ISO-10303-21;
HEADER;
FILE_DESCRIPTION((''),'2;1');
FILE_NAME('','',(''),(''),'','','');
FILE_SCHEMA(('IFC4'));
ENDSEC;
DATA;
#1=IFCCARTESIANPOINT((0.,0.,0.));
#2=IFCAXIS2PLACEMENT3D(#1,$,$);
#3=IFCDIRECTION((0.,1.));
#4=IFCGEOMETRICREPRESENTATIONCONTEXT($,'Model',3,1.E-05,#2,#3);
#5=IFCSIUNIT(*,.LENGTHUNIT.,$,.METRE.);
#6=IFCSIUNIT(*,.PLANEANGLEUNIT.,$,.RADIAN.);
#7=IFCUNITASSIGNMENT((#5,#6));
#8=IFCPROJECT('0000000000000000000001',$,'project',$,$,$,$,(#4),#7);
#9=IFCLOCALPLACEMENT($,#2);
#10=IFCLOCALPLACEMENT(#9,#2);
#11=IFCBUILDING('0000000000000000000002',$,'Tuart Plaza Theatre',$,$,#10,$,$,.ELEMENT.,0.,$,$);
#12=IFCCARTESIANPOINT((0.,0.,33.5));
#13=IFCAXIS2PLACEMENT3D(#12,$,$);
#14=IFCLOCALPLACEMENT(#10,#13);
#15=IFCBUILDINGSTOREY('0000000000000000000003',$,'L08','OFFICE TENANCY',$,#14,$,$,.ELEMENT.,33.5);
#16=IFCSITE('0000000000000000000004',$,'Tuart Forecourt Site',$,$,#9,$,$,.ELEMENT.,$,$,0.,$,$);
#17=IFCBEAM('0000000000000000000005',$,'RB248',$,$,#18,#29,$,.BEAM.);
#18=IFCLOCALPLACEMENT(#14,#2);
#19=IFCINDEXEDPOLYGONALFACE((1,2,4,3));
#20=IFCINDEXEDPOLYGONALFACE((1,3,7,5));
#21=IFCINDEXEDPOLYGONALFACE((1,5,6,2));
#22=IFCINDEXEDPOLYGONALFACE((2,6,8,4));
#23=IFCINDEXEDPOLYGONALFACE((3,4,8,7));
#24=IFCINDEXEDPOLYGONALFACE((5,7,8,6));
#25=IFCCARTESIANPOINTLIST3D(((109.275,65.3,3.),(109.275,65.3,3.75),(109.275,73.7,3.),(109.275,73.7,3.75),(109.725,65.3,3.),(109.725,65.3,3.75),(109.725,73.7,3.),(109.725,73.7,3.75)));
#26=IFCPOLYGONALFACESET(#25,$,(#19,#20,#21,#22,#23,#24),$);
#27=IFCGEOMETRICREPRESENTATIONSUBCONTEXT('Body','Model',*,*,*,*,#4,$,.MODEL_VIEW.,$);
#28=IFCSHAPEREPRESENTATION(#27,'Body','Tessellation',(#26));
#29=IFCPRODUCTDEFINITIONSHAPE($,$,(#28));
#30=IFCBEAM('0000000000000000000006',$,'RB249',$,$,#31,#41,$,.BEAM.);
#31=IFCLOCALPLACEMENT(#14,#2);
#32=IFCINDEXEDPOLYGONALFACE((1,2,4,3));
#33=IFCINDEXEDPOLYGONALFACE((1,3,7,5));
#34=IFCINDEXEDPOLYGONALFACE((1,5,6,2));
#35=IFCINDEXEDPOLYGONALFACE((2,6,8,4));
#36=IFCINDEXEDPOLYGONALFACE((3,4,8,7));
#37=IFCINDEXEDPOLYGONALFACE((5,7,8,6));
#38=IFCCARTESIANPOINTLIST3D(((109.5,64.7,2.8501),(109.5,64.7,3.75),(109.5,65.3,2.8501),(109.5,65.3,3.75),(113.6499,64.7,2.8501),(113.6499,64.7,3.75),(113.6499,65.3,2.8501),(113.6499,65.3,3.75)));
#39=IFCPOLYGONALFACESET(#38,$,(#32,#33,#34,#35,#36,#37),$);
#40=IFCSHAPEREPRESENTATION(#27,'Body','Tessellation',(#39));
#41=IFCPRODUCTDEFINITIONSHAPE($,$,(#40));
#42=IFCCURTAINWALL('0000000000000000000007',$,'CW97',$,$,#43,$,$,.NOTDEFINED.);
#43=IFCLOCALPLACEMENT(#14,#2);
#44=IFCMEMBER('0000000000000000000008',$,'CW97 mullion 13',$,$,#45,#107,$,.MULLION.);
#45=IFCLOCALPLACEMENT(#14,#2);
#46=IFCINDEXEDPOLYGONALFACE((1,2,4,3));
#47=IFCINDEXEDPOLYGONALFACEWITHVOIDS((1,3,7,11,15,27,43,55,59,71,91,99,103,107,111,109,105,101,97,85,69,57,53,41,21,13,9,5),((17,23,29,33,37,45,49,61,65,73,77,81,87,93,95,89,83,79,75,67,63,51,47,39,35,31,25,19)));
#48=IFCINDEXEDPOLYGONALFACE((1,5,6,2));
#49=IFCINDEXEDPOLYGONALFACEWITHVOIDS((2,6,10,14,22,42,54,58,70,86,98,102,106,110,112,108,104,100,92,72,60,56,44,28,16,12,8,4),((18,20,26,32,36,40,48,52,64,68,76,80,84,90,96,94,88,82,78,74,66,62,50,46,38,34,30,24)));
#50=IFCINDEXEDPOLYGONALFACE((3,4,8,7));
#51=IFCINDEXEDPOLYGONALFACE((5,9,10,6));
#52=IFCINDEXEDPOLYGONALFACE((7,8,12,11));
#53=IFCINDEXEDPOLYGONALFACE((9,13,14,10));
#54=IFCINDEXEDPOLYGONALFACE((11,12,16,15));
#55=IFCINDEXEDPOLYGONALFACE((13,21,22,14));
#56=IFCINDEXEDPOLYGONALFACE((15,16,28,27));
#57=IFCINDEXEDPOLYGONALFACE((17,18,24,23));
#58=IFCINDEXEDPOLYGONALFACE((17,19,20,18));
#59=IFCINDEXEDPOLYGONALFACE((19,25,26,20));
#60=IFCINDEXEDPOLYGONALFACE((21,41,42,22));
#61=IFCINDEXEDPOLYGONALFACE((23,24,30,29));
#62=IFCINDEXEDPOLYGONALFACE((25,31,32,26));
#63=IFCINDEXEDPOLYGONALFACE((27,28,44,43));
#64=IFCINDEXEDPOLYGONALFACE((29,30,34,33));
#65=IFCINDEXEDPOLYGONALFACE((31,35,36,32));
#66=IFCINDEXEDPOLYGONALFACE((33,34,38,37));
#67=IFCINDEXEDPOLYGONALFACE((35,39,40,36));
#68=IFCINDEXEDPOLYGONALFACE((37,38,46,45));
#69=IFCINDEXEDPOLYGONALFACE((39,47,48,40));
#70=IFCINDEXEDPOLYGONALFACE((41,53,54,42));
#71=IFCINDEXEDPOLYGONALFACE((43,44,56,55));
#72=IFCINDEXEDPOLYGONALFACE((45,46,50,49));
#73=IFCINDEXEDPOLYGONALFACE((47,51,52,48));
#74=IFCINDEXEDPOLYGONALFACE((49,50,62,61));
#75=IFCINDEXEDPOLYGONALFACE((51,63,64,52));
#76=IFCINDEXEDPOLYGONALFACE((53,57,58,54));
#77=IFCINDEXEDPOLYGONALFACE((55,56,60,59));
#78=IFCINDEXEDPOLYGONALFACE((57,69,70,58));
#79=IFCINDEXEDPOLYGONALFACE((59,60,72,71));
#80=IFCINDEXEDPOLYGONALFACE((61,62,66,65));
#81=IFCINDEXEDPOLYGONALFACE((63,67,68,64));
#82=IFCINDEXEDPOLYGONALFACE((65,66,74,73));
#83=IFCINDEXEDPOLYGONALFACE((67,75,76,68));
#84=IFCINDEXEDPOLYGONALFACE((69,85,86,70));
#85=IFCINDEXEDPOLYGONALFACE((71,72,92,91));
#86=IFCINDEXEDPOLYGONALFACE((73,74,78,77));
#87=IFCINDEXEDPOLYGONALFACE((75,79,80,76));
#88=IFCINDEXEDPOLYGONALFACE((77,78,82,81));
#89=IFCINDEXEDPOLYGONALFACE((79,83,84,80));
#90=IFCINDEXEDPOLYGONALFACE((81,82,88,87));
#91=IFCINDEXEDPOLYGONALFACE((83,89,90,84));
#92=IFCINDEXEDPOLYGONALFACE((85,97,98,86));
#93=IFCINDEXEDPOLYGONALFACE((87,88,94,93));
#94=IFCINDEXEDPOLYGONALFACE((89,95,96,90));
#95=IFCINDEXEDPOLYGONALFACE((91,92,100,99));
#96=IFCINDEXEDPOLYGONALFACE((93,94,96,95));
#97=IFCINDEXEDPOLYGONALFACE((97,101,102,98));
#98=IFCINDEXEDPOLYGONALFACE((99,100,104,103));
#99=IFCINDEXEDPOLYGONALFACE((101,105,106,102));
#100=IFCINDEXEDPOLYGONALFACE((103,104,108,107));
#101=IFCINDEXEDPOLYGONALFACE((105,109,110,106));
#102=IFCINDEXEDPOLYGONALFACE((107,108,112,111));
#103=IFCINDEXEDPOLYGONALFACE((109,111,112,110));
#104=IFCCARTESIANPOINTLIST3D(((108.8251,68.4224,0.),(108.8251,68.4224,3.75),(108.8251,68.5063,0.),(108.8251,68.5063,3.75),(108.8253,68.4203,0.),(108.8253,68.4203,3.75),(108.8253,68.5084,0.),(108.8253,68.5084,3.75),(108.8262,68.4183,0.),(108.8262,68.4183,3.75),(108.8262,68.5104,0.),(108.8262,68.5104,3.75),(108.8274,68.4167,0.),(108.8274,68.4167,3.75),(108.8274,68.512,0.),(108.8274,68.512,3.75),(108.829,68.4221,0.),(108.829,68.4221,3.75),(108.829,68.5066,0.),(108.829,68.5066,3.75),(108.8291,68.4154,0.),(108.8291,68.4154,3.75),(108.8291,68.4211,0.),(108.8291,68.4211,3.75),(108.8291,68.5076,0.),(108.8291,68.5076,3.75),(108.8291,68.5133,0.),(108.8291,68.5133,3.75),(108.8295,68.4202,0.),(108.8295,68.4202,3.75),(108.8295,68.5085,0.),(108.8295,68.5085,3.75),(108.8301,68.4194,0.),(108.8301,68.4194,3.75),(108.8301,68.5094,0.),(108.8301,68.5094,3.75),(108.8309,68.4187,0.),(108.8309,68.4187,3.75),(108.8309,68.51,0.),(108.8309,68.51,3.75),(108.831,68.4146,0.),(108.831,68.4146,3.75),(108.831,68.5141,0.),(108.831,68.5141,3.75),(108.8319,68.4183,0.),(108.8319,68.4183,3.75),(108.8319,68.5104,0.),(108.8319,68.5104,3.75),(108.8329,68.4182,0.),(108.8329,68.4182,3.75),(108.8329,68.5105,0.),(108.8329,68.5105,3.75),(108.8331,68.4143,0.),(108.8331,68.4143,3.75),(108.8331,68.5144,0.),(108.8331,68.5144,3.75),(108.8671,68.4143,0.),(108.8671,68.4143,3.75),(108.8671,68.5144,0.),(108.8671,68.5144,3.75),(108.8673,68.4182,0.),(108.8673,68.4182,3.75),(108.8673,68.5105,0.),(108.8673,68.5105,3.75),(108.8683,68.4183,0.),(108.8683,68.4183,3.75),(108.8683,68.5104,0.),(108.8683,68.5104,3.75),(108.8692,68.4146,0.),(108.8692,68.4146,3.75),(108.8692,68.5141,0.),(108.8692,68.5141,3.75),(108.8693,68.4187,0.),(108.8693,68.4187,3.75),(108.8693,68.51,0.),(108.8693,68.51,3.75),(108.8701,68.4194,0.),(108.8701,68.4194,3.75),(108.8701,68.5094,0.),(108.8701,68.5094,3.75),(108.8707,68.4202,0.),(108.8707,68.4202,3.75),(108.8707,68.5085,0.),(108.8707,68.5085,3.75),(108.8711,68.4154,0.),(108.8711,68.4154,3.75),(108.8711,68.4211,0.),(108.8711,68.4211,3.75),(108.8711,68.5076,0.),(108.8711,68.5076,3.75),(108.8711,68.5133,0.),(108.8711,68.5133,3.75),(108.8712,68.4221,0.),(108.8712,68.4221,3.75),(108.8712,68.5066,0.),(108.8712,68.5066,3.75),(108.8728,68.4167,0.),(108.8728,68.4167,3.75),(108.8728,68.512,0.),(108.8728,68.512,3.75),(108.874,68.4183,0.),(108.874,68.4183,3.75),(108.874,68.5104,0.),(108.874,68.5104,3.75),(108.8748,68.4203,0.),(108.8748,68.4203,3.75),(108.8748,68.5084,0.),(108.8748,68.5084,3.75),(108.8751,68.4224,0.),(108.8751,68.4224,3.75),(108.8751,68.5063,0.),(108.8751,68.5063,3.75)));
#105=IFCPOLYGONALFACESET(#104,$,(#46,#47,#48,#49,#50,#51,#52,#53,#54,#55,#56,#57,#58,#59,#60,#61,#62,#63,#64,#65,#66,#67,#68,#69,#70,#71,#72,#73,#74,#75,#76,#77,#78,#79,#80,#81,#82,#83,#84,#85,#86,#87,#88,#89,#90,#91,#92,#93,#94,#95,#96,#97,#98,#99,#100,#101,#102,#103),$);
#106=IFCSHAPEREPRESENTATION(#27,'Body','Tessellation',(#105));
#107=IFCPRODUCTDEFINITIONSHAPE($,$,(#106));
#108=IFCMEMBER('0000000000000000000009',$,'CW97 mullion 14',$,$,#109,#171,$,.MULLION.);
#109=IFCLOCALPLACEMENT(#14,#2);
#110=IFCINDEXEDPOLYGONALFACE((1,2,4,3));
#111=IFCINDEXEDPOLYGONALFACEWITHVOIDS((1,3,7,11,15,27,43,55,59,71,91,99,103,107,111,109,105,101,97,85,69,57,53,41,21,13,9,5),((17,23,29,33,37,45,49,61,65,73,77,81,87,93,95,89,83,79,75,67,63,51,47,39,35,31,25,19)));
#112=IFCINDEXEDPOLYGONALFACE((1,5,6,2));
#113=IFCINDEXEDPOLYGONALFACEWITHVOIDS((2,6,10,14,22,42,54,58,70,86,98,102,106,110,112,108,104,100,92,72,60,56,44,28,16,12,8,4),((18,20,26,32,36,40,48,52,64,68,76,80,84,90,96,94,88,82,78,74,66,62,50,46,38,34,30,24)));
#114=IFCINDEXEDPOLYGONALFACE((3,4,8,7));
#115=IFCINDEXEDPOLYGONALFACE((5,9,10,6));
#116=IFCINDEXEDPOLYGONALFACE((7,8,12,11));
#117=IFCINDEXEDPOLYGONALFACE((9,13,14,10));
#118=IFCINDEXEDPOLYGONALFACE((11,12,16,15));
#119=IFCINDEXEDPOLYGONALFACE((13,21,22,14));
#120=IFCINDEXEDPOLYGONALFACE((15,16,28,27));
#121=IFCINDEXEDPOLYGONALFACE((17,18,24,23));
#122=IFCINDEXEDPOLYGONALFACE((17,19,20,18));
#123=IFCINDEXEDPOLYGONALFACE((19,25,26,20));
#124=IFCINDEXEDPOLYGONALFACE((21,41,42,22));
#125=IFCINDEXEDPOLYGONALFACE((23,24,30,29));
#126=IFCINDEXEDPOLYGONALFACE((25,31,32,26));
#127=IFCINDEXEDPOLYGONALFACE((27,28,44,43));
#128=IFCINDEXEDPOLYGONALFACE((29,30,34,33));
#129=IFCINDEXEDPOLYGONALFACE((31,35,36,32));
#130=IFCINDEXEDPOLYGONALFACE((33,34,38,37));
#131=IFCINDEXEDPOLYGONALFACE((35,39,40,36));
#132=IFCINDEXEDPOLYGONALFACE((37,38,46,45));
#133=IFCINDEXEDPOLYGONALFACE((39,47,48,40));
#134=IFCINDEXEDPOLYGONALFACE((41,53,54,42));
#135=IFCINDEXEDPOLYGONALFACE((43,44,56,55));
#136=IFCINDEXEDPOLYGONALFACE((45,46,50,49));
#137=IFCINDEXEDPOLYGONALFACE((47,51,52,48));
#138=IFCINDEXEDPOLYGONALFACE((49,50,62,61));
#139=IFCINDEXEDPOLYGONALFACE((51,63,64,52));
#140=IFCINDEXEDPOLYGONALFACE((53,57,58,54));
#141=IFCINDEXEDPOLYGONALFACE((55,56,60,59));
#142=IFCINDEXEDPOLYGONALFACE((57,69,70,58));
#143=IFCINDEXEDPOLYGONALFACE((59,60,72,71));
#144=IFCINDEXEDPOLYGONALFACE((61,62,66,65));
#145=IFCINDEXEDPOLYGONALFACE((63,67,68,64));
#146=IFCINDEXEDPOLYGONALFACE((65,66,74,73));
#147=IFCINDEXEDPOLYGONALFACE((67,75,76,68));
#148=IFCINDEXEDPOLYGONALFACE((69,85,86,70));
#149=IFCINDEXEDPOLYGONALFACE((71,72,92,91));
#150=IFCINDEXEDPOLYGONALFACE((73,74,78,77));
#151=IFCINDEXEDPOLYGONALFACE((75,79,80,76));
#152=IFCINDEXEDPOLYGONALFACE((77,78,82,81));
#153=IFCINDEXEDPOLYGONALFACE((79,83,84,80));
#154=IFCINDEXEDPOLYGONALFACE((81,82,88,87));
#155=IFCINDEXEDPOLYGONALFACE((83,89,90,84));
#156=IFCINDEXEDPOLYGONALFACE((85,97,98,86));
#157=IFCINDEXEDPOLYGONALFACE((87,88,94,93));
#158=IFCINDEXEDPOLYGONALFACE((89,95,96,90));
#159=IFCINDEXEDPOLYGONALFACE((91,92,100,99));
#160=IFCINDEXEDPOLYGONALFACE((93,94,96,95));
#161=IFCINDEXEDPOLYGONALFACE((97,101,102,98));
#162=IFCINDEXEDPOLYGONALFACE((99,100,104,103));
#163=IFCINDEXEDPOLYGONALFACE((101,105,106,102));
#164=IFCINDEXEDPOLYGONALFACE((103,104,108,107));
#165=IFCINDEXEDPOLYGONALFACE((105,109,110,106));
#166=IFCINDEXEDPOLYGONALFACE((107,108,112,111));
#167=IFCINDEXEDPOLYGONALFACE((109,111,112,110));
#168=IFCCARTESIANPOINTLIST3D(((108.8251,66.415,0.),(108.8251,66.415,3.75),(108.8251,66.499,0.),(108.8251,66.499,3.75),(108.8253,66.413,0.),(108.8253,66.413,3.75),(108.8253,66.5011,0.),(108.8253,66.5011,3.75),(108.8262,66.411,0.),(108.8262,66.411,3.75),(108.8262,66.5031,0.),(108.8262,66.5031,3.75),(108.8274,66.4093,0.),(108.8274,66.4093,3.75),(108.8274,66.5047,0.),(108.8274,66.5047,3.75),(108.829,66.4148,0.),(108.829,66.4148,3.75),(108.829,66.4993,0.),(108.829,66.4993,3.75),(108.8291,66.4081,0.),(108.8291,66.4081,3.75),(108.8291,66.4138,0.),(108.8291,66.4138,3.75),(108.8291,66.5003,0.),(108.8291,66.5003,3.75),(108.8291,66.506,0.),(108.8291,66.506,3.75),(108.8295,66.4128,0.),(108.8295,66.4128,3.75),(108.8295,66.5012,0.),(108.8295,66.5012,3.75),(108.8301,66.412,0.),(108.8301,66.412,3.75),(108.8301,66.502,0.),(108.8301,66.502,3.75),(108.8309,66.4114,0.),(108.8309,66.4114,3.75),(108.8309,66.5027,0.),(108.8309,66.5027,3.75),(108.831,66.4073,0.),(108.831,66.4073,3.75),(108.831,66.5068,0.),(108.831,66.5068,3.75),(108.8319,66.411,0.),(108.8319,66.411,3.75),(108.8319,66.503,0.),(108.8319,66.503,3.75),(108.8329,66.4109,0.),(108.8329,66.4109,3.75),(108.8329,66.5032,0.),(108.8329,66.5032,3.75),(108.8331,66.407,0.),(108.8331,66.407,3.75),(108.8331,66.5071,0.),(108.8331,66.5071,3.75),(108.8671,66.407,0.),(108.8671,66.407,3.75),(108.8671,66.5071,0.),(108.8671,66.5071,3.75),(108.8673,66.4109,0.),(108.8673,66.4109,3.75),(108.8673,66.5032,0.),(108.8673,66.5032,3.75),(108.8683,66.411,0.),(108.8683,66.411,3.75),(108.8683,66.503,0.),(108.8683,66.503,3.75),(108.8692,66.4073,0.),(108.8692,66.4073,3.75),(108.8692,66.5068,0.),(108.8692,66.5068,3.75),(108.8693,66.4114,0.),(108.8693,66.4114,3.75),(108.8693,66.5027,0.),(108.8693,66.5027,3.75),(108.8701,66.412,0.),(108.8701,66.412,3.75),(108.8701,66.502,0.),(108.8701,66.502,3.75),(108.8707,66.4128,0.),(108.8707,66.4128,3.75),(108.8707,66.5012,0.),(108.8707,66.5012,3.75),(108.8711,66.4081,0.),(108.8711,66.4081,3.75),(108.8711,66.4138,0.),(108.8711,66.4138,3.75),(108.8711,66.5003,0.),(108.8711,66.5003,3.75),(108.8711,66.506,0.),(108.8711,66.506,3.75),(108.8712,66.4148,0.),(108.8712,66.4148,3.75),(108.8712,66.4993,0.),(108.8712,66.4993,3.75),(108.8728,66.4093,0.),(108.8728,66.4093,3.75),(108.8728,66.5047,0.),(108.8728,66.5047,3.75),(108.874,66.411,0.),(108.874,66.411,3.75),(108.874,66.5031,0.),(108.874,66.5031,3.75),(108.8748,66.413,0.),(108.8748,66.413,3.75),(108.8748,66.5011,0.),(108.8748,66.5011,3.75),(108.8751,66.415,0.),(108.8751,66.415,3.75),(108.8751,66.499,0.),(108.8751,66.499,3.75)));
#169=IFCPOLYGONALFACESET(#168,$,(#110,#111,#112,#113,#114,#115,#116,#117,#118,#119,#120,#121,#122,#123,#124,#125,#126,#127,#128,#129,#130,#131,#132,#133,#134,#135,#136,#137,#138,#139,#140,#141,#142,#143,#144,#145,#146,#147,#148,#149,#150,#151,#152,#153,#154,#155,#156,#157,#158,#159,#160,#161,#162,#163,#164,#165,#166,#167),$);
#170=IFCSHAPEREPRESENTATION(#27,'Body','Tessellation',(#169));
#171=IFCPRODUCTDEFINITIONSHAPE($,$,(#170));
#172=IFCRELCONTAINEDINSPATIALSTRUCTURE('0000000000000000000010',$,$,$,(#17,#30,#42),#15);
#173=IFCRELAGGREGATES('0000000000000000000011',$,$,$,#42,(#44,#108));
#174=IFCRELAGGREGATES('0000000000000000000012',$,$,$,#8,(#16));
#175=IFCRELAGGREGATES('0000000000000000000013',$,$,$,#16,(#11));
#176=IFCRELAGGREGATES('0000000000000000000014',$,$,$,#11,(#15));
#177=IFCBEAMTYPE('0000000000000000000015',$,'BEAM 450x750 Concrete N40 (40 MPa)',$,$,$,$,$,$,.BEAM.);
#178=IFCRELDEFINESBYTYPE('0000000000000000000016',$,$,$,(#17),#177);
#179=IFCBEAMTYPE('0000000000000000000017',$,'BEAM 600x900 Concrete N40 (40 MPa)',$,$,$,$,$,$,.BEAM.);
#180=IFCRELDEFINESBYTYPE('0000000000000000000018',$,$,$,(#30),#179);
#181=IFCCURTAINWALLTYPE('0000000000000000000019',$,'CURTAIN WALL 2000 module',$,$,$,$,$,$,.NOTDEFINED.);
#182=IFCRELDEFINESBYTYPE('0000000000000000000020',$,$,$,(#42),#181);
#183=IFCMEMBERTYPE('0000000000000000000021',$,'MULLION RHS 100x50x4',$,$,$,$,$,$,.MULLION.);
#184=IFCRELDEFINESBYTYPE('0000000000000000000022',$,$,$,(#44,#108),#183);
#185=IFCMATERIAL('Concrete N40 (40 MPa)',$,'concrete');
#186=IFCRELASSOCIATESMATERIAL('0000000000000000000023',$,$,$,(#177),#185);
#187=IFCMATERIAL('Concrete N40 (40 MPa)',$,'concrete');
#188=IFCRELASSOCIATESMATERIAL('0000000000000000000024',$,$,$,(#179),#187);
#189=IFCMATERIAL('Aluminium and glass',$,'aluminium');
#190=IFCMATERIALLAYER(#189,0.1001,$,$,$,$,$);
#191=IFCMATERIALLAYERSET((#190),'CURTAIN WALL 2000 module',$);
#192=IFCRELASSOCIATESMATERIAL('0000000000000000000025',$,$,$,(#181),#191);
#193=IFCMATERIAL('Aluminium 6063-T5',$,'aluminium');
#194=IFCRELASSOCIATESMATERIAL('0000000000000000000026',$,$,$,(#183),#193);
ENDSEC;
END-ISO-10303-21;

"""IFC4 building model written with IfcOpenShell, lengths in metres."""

from ifc_helpers import new_model, si_unit, direction, frame, origin, origin_2d, place, context, subcontext, project, spatial, rectangle, hollow_rectangle, extrude, material, layer, layer_set, material_profile, profile_set, type_object, element, aggregate, save


model = new_model("IFC4")

# Units and contexts
model_context = context("Model", 3, precision=1e-05, world=origin(), true_north=direction((0.0, 1.0)))
body_context = subcontext(model_context, "Body", "Model", "MODEL_VIEW")
ifc_project = project(units=[si_unit("LENGTHUNIT", "METRE"), si_unit("PLANEANGLEUNIT", "RADIAN")], contexts=[model_context])

# Site, building, storey
site_placement = place(None, origin())
site = spatial("IfcSite", under=ifc_project, at=site_placement, Name="Tuart Forecourt Site", CompositionType="ELEMENT", RefElevation=0.0)
building_placement = place(site_placement, origin())
building = spatial("IfcBuilding", under=site, at=building_placement, Name="Tuart Plaza Theatre", CompositionType="ELEMENT", ElevationOfRefHeight=0.0)
storey_placement = place(building_placement, frame((0.0, 0.0, 33.5)))
storey = spatial("IfcBuildingStorey", under=building, at=storey_placement, Name="L08", Description="OFFICE TENANCY", CompositionType="ELEMENT", Elevation=33.5)

# Beams
ifc_material_1 = material(Name="Concrete N40 (40 MPa)", Category="concrete")
ifc_material_profile_1 = material_profile(ifc_material_1, rectangle(XDim=0.45, YDim=0.75, at=origin_2d()), Name="BEAM 450x750 Concrete N40 (40 MPa)")
ifc_profile_set_1 = profile_set([ifc_material_profile_1], Name="Concrete N40 (40 MPa)")
beam_type_1 = type_object("IfcBeamType", Name="BEAM 450x750 Concrete N40 (40 MPa)", PredefinedType="BEAM", material=ifc_profile_set_1)
beam_1_placement = place(storey_placement, frame((109.5, 65.3, 3.375), z_axis=(0.0, 1.0, 0.0), x_axis=(-1.0, 0.0, 0.0)))
element("IfcBeam", 1, at=beam_1_placement, inside=storey, type_object=beam_type_1, Name="RB248", PredefinedType="BEAM", context=body_context, shape_type="SweptSolid", body=[
    extrude(rectangle(XDim=0.45, YDim=0.75, at=origin_2d()), origin(), (0.0, 0.0, 1.0), 8.3999),
])
ifc_material_2 = material(Name="Concrete N40 (40 MPa)", Category="concrete")
ifc_material_profile_2 = material_profile(ifc_material_2, rectangle(XDim=0.6001, YDim=0.8999, at=origin_2d()), Name="BEAM 600x900 Concrete N40 (40 MPa)")
ifc_profile_set_2 = profile_set([ifc_material_profile_2], Name="Concrete N40 (40 MPa)")
beam_type_2 = type_object("IfcBeamType", Name="BEAM 600x900 Concrete N40 (40 MPa)", PredefinedType="BEAM", material=ifc_profile_set_2)
beam_2_placement = place(storey_placement, frame((109.5, 65.0, 3.3), z_axis=(1.0, 0.0, 0.0), x_axis=(0.0, 1.0, 0.0)))
element("IfcBeam", 2, at=beam_2_placement, inside=storey, type_object=beam_type_2, Name="RB249", PredefinedType="BEAM", context=body_context, shape_type="SweptSolid", body=[
    extrude(rectangle(XDim=0.6001, YDim=0.8999, at=origin_2d()), origin(), (0.0, 0.0, 1.0), 4.1499),
])

# Curtain wall, members
ifc_material_3 = material(Name="Aluminium and glass", Category="aluminium")
ifc_layer_1 = layer(ifc_material_3, 0.1001)
ifc_layer_set_1 = layer_set([ifc_layer_1], Name="CURTAIN WALL 2000 module")
curtain_wall_type = type_object("IfcCurtainWallType", Name="CURTAIN WALL 2000 module", PredefinedType="NOTDEFINED", material=ifc_layer_set_1)
curtain_wall_1_placement = place(storey_placement, origin())
curtain_wall_1 = element("IfcCurtainWall", 3, at=curtain_wall_1_placement, inside=storey, type_object=curtain_wall_type, Name="CW97", PredefinedType="NOTDEFINED")
ifc_material_4 = material(Name="Aluminium 6063-T5", Category="aluminium")
ifc_material_profile_3 = material_profile(ifc_material_4, hollow_rectangle(XDim=0.05, YDim=0.1001, WallThickness=0.0039, InnerFilletRadius=0.0039, OuterFilletRadius=0.0081, at=origin_2d()), Name="RHS 100x50x4")
ifc_profile_set_3 = profile_set([ifc_material_profile_3], Name="Aluminium 6063-T5")
member_type_1 = type_object("IfcMemberType", Name="MULLION RHS 100x50x4", PredefinedType="MULLION", material=ifc_profile_set_3)
member_1_placement = place(storey_placement, frame((108.8501, 68.4644, 0.0), z_axis=(0.0, 0.0, 1.0), x_axis=(1.0, 0.0, 0.0)))
member_1 = element("IfcMember", 4, at=member_1_placement, type_object=member_type_1, Name="CW97 mullion 13", PredefinedType="MULLION", context=body_context, shape_type="SweptSolid", body=[
    extrude(hollow_rectangle(XDim=0.05, YDim=0.1001, WallThickness=0.0039, InnerFilletRadius=0.0039, OuterFilletRadius=0.0081, at=origin_2d()), origin(), (0.0, 0.0, 1.0), 3.75),
])
member_2_placement = place(storey_placement, frame((108.8501, 66.457, 0.0), z_axis=(0.0, 0.0, 1.0), x_axis=(1.0, 0.0, 0.0)))
member_2 = element("IfcMember", 5, at=member_2_placement, type_object=member_type_1, Name="CW97 mullion 14", PredefinedType="MULLION", context=body_context, shape_type="SweptSolid", body=[
    extrude(hollow_rectangle(XDim=0.05, YDim=0.1001, WallThickness=0.0039, InnerFilletRadius=0.0039, OuterFilletRadius=0.0081, at=origin_2d()), origin(), (0.0, 0.0, 1.0), 3.75),
])

aggregate(curtain_wall_1, [member_1, member_2])

save(model, "model.ifc")
